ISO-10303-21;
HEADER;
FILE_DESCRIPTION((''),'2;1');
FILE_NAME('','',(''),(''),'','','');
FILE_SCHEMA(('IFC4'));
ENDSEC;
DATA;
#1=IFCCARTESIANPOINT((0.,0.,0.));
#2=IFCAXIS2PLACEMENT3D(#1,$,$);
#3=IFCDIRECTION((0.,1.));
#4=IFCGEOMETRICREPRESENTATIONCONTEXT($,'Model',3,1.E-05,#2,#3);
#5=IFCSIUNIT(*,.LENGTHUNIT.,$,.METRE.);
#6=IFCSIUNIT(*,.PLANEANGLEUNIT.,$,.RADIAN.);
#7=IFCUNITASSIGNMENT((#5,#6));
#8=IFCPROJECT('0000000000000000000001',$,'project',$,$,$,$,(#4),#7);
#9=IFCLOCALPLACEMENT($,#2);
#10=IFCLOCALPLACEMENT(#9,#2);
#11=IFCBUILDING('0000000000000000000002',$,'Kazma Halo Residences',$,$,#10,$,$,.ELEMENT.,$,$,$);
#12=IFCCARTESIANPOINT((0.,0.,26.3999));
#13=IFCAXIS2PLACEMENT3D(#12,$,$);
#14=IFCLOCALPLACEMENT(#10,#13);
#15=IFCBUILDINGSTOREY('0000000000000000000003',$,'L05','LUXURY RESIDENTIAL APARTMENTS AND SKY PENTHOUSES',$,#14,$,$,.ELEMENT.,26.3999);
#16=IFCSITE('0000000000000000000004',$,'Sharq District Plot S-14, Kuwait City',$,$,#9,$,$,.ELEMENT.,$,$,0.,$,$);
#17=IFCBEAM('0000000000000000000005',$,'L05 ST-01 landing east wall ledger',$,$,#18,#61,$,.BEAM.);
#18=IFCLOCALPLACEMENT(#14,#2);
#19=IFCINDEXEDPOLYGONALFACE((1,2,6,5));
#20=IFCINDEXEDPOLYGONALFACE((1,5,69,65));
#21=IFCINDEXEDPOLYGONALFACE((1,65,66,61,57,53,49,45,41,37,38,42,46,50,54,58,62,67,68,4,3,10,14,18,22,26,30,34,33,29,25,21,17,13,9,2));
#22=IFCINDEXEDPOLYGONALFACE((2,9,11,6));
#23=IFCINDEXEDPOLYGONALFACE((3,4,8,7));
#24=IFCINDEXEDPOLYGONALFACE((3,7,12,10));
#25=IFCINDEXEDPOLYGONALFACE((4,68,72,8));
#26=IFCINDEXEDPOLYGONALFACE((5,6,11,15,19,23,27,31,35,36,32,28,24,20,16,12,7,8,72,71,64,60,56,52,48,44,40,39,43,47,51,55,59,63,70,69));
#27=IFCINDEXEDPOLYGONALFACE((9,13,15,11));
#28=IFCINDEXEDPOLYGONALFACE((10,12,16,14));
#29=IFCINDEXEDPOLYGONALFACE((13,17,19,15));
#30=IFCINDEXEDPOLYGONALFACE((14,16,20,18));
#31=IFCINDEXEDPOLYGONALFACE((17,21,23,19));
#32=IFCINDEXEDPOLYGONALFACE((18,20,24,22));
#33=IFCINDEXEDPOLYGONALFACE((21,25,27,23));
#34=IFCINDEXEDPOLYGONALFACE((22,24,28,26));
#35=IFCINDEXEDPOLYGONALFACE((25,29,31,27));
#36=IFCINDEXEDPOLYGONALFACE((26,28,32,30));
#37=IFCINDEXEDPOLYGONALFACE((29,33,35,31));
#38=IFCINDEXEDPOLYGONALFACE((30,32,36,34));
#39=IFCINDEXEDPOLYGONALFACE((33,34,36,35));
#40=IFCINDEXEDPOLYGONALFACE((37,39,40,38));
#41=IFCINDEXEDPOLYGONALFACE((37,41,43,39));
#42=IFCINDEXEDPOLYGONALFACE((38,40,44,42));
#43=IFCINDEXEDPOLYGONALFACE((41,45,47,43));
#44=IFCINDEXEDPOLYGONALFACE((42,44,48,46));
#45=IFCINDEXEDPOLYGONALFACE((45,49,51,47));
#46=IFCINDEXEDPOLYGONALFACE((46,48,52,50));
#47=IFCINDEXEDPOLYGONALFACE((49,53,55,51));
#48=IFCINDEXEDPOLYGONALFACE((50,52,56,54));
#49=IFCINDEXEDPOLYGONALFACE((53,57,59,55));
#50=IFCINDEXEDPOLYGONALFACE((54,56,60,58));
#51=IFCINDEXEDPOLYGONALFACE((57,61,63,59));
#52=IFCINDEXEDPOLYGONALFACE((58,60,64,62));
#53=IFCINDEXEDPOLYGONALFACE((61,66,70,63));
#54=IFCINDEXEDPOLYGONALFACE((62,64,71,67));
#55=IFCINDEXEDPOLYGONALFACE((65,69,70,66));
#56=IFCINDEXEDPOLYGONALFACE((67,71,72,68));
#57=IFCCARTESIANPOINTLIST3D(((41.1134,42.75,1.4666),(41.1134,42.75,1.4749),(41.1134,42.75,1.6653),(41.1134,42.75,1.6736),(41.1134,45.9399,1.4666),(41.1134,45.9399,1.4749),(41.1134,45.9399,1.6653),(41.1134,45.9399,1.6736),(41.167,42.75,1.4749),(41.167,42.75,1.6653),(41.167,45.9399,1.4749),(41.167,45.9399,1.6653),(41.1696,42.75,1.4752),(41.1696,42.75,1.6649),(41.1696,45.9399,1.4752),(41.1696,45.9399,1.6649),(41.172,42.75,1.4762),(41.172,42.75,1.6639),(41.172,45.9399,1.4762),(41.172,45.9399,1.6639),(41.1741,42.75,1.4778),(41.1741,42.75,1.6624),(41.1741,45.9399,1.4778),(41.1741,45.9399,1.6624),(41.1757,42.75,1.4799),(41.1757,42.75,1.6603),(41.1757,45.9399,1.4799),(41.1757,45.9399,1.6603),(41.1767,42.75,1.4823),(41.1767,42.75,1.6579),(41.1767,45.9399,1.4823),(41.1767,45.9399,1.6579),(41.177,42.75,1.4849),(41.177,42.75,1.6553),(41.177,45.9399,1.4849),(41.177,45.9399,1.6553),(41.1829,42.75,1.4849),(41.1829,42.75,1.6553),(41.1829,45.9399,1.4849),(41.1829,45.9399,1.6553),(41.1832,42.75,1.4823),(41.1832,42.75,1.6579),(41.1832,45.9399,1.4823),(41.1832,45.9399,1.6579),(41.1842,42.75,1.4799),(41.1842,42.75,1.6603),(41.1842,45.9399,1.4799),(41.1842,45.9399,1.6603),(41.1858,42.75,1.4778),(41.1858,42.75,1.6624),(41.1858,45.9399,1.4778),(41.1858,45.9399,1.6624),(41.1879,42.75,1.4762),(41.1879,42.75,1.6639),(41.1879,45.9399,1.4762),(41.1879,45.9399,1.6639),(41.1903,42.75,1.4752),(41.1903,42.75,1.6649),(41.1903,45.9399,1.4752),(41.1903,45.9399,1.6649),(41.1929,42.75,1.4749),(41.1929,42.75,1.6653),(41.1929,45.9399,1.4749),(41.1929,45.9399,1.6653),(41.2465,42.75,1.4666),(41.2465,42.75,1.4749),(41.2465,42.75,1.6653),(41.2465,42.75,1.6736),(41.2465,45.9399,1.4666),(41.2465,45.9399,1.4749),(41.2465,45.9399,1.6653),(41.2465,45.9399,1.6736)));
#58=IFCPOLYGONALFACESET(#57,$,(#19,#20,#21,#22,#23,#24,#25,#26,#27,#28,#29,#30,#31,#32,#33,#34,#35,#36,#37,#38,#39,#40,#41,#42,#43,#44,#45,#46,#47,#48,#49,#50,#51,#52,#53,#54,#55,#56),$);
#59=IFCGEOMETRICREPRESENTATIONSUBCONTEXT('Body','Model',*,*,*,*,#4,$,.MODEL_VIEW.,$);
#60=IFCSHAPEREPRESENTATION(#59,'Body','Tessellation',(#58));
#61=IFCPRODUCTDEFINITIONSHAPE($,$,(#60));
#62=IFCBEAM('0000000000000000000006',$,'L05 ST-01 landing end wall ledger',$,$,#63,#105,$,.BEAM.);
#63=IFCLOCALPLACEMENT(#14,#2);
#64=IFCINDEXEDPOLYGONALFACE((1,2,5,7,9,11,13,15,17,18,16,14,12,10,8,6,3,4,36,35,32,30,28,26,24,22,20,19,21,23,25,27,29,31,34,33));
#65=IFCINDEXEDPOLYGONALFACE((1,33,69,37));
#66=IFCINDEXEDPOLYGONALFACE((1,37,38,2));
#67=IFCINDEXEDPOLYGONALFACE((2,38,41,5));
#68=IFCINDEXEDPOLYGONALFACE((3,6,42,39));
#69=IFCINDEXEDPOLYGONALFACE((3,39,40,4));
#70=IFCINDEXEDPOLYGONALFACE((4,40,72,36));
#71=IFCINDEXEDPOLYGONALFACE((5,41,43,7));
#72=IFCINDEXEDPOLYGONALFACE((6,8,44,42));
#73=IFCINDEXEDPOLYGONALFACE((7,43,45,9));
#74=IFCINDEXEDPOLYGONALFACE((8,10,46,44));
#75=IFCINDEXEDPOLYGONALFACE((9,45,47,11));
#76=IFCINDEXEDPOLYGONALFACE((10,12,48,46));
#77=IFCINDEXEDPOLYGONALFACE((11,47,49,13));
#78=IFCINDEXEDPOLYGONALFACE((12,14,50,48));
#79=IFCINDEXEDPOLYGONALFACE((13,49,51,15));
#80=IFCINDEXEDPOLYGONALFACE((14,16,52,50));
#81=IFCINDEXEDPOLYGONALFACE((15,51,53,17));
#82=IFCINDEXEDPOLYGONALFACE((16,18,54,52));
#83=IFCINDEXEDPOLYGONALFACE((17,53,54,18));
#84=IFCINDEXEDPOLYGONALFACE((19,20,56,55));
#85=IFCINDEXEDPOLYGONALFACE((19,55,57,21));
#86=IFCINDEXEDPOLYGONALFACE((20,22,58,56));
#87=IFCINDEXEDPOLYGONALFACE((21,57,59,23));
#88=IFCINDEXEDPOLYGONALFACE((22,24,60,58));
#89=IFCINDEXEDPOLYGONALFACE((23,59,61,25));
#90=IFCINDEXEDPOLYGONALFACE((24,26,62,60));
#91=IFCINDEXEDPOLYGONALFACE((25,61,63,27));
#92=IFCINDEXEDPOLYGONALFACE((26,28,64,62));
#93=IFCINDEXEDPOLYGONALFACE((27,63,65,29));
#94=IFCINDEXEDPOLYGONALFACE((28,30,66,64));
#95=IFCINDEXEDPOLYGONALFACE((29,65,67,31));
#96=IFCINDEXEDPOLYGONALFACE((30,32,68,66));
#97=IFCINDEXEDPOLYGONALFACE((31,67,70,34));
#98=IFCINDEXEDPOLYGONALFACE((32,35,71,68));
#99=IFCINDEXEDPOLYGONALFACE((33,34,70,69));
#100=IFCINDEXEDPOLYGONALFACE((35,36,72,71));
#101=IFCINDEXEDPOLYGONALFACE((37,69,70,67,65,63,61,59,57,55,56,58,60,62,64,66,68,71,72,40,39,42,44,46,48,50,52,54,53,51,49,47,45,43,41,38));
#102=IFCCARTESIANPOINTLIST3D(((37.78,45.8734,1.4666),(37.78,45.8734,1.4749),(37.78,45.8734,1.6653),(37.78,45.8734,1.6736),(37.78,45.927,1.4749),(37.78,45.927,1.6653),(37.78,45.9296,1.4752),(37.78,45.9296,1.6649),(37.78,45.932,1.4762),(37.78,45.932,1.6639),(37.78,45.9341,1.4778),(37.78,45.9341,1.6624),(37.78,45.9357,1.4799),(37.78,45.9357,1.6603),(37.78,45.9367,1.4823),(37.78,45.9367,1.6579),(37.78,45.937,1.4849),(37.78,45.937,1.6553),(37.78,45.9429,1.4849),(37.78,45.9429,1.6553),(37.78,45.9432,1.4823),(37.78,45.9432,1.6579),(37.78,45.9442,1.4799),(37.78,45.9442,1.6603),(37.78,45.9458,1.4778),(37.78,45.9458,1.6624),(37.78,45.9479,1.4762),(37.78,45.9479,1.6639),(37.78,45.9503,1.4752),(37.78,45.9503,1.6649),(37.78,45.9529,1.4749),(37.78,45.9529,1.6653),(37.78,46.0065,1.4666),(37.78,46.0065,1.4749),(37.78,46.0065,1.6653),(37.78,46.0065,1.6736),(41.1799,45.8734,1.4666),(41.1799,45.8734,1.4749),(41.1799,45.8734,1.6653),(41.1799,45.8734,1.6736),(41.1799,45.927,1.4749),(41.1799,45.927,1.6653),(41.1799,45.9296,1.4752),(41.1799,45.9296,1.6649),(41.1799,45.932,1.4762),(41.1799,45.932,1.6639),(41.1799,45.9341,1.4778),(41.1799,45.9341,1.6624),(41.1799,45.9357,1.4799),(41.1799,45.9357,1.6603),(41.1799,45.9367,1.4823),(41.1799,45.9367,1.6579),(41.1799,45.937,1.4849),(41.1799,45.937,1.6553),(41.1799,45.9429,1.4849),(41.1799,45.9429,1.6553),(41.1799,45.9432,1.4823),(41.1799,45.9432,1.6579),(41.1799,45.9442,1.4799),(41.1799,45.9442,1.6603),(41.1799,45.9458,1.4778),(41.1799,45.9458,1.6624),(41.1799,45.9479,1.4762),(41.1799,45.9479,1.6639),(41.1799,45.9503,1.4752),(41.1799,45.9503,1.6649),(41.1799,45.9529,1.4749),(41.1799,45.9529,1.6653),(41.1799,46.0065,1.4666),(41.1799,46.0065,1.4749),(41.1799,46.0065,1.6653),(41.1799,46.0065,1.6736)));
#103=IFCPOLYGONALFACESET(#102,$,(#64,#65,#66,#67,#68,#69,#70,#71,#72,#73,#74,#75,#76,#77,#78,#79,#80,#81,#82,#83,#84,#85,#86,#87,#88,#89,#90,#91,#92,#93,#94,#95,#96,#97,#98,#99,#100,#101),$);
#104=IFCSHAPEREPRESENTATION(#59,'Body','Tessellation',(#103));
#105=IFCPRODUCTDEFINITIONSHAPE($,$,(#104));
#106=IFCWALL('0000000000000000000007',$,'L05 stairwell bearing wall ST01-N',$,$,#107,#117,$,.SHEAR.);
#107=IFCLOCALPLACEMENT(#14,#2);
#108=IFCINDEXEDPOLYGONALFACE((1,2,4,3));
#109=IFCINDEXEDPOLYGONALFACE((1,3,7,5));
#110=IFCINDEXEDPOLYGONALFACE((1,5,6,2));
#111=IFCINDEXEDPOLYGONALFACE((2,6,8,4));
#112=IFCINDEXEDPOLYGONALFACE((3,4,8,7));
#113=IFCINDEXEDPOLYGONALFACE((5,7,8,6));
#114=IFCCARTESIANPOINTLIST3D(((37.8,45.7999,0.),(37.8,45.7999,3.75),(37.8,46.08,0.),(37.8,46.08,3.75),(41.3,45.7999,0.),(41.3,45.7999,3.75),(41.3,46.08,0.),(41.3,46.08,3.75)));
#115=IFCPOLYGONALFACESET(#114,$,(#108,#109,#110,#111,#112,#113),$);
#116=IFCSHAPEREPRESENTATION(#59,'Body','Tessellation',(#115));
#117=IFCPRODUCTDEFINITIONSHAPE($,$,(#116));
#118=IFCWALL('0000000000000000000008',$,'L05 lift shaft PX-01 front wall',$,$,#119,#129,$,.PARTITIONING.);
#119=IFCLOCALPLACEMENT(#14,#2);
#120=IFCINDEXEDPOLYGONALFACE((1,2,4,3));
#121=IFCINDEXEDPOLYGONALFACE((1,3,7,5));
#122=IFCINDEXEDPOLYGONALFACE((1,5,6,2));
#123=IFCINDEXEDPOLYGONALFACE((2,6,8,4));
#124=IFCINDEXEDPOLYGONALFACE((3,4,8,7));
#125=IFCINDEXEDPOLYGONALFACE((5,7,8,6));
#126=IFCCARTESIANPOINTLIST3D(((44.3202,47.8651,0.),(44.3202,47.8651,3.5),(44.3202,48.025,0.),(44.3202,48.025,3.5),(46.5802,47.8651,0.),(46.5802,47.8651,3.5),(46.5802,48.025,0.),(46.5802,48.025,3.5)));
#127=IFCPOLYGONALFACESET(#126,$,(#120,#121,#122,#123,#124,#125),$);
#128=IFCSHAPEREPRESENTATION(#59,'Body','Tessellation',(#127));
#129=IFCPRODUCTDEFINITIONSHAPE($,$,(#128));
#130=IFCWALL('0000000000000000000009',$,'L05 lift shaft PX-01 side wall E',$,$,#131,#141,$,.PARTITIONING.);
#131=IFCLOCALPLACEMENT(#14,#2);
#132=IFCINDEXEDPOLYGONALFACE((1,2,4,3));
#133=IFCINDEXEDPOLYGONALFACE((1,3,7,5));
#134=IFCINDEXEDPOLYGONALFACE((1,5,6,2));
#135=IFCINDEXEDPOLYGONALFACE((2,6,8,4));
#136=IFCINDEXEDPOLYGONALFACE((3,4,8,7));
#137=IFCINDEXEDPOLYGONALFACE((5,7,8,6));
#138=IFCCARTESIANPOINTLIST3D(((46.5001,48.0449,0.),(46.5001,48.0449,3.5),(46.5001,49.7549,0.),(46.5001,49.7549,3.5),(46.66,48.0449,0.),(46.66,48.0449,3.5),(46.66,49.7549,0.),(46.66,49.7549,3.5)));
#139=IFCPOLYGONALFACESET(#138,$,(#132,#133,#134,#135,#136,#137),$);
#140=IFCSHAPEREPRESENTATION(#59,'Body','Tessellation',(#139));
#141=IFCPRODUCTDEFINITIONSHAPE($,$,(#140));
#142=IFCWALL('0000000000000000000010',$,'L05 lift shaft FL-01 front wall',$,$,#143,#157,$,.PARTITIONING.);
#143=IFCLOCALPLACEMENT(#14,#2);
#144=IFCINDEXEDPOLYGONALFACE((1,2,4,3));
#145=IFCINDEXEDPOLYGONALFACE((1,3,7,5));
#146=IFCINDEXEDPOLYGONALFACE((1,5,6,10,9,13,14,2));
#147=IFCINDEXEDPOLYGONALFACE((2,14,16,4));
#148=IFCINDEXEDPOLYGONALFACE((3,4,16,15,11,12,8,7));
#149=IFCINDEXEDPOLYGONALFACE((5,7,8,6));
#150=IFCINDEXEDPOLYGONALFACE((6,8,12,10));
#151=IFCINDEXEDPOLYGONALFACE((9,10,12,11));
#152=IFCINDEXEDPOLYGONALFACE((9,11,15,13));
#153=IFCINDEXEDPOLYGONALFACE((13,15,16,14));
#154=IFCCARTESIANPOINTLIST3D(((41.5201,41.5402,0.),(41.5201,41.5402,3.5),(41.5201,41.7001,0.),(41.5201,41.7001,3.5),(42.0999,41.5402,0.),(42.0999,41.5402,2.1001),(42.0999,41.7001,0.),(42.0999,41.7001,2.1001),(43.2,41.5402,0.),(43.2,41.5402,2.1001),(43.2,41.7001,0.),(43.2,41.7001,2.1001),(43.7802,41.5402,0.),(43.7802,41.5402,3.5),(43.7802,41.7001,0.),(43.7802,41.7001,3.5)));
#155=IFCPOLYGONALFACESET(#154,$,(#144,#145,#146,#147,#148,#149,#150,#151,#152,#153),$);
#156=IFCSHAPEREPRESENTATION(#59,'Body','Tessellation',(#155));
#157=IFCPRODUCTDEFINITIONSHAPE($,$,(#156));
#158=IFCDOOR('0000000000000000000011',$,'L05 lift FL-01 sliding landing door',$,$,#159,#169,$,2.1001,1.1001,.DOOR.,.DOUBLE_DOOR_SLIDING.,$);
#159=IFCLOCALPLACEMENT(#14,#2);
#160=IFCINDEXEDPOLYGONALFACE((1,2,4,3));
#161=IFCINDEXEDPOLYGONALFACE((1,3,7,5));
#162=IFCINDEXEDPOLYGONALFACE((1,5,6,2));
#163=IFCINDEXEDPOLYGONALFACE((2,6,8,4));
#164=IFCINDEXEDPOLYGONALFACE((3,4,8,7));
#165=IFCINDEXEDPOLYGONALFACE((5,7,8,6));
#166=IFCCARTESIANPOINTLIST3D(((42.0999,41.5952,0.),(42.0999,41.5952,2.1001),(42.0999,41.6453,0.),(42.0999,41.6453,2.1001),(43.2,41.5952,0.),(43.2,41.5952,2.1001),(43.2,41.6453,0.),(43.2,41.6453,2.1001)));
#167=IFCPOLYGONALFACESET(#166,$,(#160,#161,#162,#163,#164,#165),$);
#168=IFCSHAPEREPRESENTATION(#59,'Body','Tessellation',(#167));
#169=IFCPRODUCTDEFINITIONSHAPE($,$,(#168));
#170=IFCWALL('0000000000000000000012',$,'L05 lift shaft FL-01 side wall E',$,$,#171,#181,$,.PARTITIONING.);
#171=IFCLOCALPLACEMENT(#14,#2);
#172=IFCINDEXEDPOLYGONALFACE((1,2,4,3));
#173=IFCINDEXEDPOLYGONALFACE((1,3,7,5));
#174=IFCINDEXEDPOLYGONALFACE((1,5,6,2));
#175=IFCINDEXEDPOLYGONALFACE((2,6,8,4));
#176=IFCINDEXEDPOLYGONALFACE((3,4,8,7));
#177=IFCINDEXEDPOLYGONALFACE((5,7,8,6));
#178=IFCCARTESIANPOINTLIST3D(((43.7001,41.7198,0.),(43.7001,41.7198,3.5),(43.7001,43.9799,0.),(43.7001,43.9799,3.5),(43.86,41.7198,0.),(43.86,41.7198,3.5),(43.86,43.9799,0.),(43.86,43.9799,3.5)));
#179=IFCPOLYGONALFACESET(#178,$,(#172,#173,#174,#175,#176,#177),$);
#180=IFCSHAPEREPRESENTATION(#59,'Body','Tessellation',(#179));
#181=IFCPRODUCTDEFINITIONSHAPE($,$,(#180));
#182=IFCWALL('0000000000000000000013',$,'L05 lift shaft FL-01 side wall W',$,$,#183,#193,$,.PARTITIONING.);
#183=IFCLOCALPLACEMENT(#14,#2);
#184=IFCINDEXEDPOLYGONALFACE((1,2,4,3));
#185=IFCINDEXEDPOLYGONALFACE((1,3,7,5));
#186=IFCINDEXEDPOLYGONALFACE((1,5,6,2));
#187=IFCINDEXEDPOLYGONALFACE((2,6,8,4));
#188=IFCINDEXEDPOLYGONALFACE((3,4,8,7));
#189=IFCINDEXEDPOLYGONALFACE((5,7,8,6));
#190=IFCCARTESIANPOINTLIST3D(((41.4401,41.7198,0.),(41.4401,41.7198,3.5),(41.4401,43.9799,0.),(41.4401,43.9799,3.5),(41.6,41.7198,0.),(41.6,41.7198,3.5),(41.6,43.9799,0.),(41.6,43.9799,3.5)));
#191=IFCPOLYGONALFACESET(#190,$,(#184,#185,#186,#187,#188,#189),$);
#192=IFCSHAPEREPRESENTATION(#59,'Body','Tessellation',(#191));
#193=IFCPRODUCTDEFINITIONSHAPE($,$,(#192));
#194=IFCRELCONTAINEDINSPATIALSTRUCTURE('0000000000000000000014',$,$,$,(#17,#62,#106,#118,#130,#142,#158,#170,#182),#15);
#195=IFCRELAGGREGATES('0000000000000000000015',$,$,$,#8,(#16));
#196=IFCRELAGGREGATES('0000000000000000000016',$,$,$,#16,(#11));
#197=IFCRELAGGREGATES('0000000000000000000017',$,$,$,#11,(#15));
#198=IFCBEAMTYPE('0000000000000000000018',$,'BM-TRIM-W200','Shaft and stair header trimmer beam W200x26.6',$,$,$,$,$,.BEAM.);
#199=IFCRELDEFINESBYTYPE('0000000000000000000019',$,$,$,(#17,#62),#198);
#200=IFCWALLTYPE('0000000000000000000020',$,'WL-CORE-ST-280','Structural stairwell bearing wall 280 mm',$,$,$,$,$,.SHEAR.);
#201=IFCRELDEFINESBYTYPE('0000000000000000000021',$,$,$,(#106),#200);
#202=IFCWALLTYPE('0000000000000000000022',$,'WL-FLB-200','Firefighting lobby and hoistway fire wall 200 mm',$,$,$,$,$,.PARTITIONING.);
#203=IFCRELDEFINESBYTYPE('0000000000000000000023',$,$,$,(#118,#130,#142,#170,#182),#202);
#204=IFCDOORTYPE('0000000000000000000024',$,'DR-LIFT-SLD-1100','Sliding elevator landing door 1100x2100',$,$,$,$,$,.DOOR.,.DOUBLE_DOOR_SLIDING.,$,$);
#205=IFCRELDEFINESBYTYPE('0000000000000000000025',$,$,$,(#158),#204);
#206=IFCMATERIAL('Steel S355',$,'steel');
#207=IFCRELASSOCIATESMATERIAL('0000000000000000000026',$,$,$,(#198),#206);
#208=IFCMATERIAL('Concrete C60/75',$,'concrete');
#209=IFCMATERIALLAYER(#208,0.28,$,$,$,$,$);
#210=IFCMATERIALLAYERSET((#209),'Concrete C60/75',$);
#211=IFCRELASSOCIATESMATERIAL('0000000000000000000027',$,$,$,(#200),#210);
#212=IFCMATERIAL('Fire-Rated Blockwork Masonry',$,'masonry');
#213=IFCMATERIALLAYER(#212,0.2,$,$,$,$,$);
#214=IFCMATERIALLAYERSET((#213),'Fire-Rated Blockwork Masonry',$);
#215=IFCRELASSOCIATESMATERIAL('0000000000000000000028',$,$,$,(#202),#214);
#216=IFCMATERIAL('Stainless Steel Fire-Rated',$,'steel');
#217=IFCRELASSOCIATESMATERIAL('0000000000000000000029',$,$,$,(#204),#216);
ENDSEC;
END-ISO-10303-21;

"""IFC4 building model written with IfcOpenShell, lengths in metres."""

from ifc_helpers import new_model, si_unit, direction, frame, frame_2d, origin, origin_2d, place, context, subcontext, project, spatial, rectangle, i_section, extrude, material, layer, layer_set, material_profile, profile_set, type_object, element, fill, save


model = new_model("IFC4")

# Units and contexts
model_context = context("Model", 3, precision=1e-05, world=origin(), true_north=direction((0.0, 1.0)))
body_context = subcontext(model_context, "Body", "Model", "MODEL_VIEW")
ifc_project = project(units=[si_unit("LENGTHUNIT", "METRE"), si_unit("PLANEANGLEUNIT", "RADIAN")], contexts=[model_context])

# Site, building, storey
site_placement = place(None, origin())
site = spatial("IfcSite", under=ifc_project, at=site_placement, Name="Sharq District Plot S-14, Kuwait City", CompositionType="ELEMENT", RefElevation=0.0)
building_placement = place(site_placement, origin())
building = spatial("IfcBuilding", under=site, at=building_placement, Name="Kazma Halo Residences", CompositionType="ELEMENT")
storey_placement = place(building_placement, frame((0.0, 0.0, 26.3999)))
storey = spatial("IfcBuildingStorey", under=building, at=storey_placement, Name="L05", Description="LUXURY RESIDENTIAL APARTMENTS AND SKY PENTHOUSES", CompositionType="ELEMENT", Elevation=26.3999)

# Shared definitions
ifc_material_1 = material(Name="Steel S355", Category="steel")

# Beams
ifc_material_profile_1 = material_profile(ifc_material_1, i_section(OverallWidth=0.1331, OverallDepth=0.207, WebThickness=0.0059, FlangeThickness=0.0083, FilletRadius=0.01, at=origin_2d()), Name="W200x26.6")
ifc_profile_set_1 = profile_set([ifc_material_profile_1], Name="Steel S355")
beam_type_1 = type_object("IfcBeamType", Name="BM-TRIM-W200", Description="Shaft and stair header trimmer beam W200x26.6", PredefinedType="BEAM", material=ifc_profile_set_1)
beam_1_placement = place(storey_placement, frame((41.1799, 42.75, 1.5701), z_axis=(0.0, 1.0, 0.0), x_axis=(-1.0, 0.0, 0.0)))
element("IfcBeam", 1, at=beam_1_placement, inside=storey, type_object=beam_type_1, Name="L05 ST-01 landing east wall ledger", PredefinedType="BEAM", context=body_context, shape_type="SweptSolid", body=[
    extrude(i_section(OverallWidth=0.1331, OverallDepth=0.207, WebThickness=0.0059, FlangeThickness=0.0083, FilletRadius=0.01, at=origin_2d()), origin(), (0.0, 0.0, 1.0), 3.1899),
])
beam_2_placement = place(storey_placement, frame((37.78, 45.9399, 1.5701), z_axis=(1.0, 0.0, 0.0), x_axis=(0.0, 1.0, 0.0)))
element("IfcBeam", 2, at=beam_2_placement, inside=storey, type_object=beam_type_1, Name="L05 ST-01 landing end wall ledger", PredefinedType="BEAM", context=body_context, shape_type="SweptSolid", body=[
    extrude(i_section(OverallWidth=0.1331, OverallDepth=0.207, WebThickness=0.0059, FlangeThickness=0.0083, FilletRadius=0.01, at=origin_2d()), origin(), (0.0, 0.0, 1.0), 3.3999),
])

# Walls
ifc_material_2 = material(Name="Concrete C60/75", Category="concrete")
ifc_layer_1 = layer(ifc_material_2, 0.28)
ifc_layer_set_1 = layer_set([ifc_layer_1], Name="Concrete C60/75")
wall_type_1 = type_object("IfcWallType", Name="WL-CORE-ST-280", Description="Structural stairwell bearing wall 280 mm", PredefinedType="SHEAR", material=ifc_layer_set_1)
wall_1_placement = place(storey_placement, frame((37.8, 45.9399, 0.0), z_axis=(0.0, 0.0, 1.0), x_axis=(1.0, 0.0, 0.0)))
element("IfcWall", 3, at=wall_1_placement, inside=storey, type_object=wall_type_1, Name="L05 stairwell bearing wall ST01-N", PredefinedType="SHEAR", context=body_context, shape_type="SweptSolid", body=[
    extrude(rectangle(XDim=3.5, YDim=0.28, at=frame_2d((1.75, 0.0))), origin(), (0.0, 0.0, 1.0), 3.75),
])
ifc_material_3 = material(Name="Fire-Rated Blockwork Masonry", Category="masonry")
ifc_layer_2 = layer(ifc_material_3, 0.2)
ifc_layer_set_2 = layer_set([ifc_layer_2], Name="Fire-Rated Blockwork Masonry")
wall_type_2 = type_object("IfcWallType", Name="WL-FLB-200", Description="Firefighting lobby and hoistway fire wall 200 mm", PredefinedType="PARTITIONING", material=ifc_layer_set_2)
wall_2_placement = place(storey_placement, frame((46.5801, 47.9451, 0.0), z_axis=(0.0, 0.0, 1.0), x_axis=(-1.0, 0.0, 0.0)))
element("IfcWall", 4, at=wall_2_placement, inside=storey, type_object=wall_type_2, Name="L05 lift shaft PX-01 front wall", PredefinedType="PARTITIONING", context=body_context, shape_type="SweptSolid", body=[
    extrude(rectangle(XDim=2.26, YDim=0.1599, at=frame_2d((1.1299, 0.0))), origin(), (0.0, 0.0, 1.0), 3.5),
])
wall_3_placement = place(storey_placement, frame((46.5801, 48.0449, 0.0), z_axis=(0.0, 0.0, 1.0), x_axis=(0.0, 1.0, 0.0)))
element("IfcWall", 5, at=wall_3_placement, inside=storey, type_object=wall_type_2, Name="L05 lift shaft PX-01 side wall E", PredefinedType="PARTITIONING", context=body_context, shape_type="SweptSolid", body=[
    extrude(rectangle(XDim=1.71, YDim=0.1599, at=frame_2d((0.855, 0.0))), origin(), (0.0, 0.0, 1.0), 3.5),
])

# Wall, opening, door
wall_4_placement = place(storey_placement, frame((43.78, 41.6201, 0.0), z_axis=(0.0, 0.0, 1.0), x_axis=(-1.0, 0.0, 0.0)))
wall_4 = element("IfcWall", 6, at=wall_4_placement, inside=storey, type_object=wall_type_2, Name="L05 lift shaft FL-01 front wall", PredefinedType="PARTITIONING", context=body_context, shape_type="SweptSolid", body=[
    extrude(rectangle(XDim=2.26, YDim=0.1599, at=frame_2d((1.1299, 0.0))), origin(), (0.0, 0.0, 1.0), 3.5),
])
opening_1_placement = place(wall_4_placement, frame((0.5801, 0.0, 0.0)))
opening_1 = element("IfcOpeningElement", 7, at=opening_1_placement, cuts=wall_4, PredefinedType="OPENING", context=body_context, shape_type="SweptSolid", body=[
    extrude(rectangle(XDim=1.1001, YDim=2.1001, at=frame_2d((0.55, 1.05))), frame((0.0, 0.0898, 0.0), z_axis=(0.0, -1.0, 0.0), x_axis=(1.0, 0.0, 0.0)), (0.0, 0.0, 1.0), 0.1799),
])
ifc_material_4 = material(Name="Stainless Steel Fire-Rated", Category="steel")
door_type_1 = type_object("IfcDoorType", Name="DR-LIFT-SLD-1100", Description="Sliding elevator landing door 1100x2100", OperationType="DOUBLE_DOOR_SLIDING", PredefinedType="DOOR", material=ifc_material_4)
door_1_placement = place(opening_1_placement, origin())
door_1 = element("IfcDoor", 8, at=door_1_placement, inside=storey, type_object=door_type_1, Name="L05 lift FL-01 sliding landing door", OperationType="DOUBLE_DOOR_SLIDING", OverallHeight=2.1001, OverallWidth=1.1001, PredefinedType="DOOR", context=body_context, shape_type="SweptSolid", body=[
    extrude(rectangle(XDim=1.1001, YDim=2.1001, at=frame_2d((0.55, 1.05))), frame((0.0, 0.0249, 0.0), z_axis=(0.0, -1.0, 0.0), x_axis=(1.0, 0.0, 0.0)), (0.0, 0.0, 1.0), 0.05),
])
fill(opening_1, door_1)

# Walls
for number, where, z_axis, x_axis, name in (
    (9, (43.78, 41.72, 0.0), (0.0, 0.0, 1.0), (0.0, 1.0, 0.0), "L05 lift shaft FL-01 side wall E"),
    (10, (41.52, 41.72, 0.0), (0.0, 0.0, 1.0), (0.0, 1.0, 0.0), "L05 lift shaft FL-01 side wall W"),
):
    element("IfcWall", number, at=place(storey_placement, frame(where, z_axis=z_axis, x_axis=x_axis)), inside=storey, type_object=wall_type_2, Name=name, PredefinedType="PARTITIONING", context=body_context, shape_type="SweptSolid", body=[
        extrude(rectangle(XDim=2.26, YDim=0.1599, at=frame_2d((1.1299, 0.0))), origin(), (0.0, 0.0, 1.0), 3.5),
    ])

save(model, "model.ifc")
